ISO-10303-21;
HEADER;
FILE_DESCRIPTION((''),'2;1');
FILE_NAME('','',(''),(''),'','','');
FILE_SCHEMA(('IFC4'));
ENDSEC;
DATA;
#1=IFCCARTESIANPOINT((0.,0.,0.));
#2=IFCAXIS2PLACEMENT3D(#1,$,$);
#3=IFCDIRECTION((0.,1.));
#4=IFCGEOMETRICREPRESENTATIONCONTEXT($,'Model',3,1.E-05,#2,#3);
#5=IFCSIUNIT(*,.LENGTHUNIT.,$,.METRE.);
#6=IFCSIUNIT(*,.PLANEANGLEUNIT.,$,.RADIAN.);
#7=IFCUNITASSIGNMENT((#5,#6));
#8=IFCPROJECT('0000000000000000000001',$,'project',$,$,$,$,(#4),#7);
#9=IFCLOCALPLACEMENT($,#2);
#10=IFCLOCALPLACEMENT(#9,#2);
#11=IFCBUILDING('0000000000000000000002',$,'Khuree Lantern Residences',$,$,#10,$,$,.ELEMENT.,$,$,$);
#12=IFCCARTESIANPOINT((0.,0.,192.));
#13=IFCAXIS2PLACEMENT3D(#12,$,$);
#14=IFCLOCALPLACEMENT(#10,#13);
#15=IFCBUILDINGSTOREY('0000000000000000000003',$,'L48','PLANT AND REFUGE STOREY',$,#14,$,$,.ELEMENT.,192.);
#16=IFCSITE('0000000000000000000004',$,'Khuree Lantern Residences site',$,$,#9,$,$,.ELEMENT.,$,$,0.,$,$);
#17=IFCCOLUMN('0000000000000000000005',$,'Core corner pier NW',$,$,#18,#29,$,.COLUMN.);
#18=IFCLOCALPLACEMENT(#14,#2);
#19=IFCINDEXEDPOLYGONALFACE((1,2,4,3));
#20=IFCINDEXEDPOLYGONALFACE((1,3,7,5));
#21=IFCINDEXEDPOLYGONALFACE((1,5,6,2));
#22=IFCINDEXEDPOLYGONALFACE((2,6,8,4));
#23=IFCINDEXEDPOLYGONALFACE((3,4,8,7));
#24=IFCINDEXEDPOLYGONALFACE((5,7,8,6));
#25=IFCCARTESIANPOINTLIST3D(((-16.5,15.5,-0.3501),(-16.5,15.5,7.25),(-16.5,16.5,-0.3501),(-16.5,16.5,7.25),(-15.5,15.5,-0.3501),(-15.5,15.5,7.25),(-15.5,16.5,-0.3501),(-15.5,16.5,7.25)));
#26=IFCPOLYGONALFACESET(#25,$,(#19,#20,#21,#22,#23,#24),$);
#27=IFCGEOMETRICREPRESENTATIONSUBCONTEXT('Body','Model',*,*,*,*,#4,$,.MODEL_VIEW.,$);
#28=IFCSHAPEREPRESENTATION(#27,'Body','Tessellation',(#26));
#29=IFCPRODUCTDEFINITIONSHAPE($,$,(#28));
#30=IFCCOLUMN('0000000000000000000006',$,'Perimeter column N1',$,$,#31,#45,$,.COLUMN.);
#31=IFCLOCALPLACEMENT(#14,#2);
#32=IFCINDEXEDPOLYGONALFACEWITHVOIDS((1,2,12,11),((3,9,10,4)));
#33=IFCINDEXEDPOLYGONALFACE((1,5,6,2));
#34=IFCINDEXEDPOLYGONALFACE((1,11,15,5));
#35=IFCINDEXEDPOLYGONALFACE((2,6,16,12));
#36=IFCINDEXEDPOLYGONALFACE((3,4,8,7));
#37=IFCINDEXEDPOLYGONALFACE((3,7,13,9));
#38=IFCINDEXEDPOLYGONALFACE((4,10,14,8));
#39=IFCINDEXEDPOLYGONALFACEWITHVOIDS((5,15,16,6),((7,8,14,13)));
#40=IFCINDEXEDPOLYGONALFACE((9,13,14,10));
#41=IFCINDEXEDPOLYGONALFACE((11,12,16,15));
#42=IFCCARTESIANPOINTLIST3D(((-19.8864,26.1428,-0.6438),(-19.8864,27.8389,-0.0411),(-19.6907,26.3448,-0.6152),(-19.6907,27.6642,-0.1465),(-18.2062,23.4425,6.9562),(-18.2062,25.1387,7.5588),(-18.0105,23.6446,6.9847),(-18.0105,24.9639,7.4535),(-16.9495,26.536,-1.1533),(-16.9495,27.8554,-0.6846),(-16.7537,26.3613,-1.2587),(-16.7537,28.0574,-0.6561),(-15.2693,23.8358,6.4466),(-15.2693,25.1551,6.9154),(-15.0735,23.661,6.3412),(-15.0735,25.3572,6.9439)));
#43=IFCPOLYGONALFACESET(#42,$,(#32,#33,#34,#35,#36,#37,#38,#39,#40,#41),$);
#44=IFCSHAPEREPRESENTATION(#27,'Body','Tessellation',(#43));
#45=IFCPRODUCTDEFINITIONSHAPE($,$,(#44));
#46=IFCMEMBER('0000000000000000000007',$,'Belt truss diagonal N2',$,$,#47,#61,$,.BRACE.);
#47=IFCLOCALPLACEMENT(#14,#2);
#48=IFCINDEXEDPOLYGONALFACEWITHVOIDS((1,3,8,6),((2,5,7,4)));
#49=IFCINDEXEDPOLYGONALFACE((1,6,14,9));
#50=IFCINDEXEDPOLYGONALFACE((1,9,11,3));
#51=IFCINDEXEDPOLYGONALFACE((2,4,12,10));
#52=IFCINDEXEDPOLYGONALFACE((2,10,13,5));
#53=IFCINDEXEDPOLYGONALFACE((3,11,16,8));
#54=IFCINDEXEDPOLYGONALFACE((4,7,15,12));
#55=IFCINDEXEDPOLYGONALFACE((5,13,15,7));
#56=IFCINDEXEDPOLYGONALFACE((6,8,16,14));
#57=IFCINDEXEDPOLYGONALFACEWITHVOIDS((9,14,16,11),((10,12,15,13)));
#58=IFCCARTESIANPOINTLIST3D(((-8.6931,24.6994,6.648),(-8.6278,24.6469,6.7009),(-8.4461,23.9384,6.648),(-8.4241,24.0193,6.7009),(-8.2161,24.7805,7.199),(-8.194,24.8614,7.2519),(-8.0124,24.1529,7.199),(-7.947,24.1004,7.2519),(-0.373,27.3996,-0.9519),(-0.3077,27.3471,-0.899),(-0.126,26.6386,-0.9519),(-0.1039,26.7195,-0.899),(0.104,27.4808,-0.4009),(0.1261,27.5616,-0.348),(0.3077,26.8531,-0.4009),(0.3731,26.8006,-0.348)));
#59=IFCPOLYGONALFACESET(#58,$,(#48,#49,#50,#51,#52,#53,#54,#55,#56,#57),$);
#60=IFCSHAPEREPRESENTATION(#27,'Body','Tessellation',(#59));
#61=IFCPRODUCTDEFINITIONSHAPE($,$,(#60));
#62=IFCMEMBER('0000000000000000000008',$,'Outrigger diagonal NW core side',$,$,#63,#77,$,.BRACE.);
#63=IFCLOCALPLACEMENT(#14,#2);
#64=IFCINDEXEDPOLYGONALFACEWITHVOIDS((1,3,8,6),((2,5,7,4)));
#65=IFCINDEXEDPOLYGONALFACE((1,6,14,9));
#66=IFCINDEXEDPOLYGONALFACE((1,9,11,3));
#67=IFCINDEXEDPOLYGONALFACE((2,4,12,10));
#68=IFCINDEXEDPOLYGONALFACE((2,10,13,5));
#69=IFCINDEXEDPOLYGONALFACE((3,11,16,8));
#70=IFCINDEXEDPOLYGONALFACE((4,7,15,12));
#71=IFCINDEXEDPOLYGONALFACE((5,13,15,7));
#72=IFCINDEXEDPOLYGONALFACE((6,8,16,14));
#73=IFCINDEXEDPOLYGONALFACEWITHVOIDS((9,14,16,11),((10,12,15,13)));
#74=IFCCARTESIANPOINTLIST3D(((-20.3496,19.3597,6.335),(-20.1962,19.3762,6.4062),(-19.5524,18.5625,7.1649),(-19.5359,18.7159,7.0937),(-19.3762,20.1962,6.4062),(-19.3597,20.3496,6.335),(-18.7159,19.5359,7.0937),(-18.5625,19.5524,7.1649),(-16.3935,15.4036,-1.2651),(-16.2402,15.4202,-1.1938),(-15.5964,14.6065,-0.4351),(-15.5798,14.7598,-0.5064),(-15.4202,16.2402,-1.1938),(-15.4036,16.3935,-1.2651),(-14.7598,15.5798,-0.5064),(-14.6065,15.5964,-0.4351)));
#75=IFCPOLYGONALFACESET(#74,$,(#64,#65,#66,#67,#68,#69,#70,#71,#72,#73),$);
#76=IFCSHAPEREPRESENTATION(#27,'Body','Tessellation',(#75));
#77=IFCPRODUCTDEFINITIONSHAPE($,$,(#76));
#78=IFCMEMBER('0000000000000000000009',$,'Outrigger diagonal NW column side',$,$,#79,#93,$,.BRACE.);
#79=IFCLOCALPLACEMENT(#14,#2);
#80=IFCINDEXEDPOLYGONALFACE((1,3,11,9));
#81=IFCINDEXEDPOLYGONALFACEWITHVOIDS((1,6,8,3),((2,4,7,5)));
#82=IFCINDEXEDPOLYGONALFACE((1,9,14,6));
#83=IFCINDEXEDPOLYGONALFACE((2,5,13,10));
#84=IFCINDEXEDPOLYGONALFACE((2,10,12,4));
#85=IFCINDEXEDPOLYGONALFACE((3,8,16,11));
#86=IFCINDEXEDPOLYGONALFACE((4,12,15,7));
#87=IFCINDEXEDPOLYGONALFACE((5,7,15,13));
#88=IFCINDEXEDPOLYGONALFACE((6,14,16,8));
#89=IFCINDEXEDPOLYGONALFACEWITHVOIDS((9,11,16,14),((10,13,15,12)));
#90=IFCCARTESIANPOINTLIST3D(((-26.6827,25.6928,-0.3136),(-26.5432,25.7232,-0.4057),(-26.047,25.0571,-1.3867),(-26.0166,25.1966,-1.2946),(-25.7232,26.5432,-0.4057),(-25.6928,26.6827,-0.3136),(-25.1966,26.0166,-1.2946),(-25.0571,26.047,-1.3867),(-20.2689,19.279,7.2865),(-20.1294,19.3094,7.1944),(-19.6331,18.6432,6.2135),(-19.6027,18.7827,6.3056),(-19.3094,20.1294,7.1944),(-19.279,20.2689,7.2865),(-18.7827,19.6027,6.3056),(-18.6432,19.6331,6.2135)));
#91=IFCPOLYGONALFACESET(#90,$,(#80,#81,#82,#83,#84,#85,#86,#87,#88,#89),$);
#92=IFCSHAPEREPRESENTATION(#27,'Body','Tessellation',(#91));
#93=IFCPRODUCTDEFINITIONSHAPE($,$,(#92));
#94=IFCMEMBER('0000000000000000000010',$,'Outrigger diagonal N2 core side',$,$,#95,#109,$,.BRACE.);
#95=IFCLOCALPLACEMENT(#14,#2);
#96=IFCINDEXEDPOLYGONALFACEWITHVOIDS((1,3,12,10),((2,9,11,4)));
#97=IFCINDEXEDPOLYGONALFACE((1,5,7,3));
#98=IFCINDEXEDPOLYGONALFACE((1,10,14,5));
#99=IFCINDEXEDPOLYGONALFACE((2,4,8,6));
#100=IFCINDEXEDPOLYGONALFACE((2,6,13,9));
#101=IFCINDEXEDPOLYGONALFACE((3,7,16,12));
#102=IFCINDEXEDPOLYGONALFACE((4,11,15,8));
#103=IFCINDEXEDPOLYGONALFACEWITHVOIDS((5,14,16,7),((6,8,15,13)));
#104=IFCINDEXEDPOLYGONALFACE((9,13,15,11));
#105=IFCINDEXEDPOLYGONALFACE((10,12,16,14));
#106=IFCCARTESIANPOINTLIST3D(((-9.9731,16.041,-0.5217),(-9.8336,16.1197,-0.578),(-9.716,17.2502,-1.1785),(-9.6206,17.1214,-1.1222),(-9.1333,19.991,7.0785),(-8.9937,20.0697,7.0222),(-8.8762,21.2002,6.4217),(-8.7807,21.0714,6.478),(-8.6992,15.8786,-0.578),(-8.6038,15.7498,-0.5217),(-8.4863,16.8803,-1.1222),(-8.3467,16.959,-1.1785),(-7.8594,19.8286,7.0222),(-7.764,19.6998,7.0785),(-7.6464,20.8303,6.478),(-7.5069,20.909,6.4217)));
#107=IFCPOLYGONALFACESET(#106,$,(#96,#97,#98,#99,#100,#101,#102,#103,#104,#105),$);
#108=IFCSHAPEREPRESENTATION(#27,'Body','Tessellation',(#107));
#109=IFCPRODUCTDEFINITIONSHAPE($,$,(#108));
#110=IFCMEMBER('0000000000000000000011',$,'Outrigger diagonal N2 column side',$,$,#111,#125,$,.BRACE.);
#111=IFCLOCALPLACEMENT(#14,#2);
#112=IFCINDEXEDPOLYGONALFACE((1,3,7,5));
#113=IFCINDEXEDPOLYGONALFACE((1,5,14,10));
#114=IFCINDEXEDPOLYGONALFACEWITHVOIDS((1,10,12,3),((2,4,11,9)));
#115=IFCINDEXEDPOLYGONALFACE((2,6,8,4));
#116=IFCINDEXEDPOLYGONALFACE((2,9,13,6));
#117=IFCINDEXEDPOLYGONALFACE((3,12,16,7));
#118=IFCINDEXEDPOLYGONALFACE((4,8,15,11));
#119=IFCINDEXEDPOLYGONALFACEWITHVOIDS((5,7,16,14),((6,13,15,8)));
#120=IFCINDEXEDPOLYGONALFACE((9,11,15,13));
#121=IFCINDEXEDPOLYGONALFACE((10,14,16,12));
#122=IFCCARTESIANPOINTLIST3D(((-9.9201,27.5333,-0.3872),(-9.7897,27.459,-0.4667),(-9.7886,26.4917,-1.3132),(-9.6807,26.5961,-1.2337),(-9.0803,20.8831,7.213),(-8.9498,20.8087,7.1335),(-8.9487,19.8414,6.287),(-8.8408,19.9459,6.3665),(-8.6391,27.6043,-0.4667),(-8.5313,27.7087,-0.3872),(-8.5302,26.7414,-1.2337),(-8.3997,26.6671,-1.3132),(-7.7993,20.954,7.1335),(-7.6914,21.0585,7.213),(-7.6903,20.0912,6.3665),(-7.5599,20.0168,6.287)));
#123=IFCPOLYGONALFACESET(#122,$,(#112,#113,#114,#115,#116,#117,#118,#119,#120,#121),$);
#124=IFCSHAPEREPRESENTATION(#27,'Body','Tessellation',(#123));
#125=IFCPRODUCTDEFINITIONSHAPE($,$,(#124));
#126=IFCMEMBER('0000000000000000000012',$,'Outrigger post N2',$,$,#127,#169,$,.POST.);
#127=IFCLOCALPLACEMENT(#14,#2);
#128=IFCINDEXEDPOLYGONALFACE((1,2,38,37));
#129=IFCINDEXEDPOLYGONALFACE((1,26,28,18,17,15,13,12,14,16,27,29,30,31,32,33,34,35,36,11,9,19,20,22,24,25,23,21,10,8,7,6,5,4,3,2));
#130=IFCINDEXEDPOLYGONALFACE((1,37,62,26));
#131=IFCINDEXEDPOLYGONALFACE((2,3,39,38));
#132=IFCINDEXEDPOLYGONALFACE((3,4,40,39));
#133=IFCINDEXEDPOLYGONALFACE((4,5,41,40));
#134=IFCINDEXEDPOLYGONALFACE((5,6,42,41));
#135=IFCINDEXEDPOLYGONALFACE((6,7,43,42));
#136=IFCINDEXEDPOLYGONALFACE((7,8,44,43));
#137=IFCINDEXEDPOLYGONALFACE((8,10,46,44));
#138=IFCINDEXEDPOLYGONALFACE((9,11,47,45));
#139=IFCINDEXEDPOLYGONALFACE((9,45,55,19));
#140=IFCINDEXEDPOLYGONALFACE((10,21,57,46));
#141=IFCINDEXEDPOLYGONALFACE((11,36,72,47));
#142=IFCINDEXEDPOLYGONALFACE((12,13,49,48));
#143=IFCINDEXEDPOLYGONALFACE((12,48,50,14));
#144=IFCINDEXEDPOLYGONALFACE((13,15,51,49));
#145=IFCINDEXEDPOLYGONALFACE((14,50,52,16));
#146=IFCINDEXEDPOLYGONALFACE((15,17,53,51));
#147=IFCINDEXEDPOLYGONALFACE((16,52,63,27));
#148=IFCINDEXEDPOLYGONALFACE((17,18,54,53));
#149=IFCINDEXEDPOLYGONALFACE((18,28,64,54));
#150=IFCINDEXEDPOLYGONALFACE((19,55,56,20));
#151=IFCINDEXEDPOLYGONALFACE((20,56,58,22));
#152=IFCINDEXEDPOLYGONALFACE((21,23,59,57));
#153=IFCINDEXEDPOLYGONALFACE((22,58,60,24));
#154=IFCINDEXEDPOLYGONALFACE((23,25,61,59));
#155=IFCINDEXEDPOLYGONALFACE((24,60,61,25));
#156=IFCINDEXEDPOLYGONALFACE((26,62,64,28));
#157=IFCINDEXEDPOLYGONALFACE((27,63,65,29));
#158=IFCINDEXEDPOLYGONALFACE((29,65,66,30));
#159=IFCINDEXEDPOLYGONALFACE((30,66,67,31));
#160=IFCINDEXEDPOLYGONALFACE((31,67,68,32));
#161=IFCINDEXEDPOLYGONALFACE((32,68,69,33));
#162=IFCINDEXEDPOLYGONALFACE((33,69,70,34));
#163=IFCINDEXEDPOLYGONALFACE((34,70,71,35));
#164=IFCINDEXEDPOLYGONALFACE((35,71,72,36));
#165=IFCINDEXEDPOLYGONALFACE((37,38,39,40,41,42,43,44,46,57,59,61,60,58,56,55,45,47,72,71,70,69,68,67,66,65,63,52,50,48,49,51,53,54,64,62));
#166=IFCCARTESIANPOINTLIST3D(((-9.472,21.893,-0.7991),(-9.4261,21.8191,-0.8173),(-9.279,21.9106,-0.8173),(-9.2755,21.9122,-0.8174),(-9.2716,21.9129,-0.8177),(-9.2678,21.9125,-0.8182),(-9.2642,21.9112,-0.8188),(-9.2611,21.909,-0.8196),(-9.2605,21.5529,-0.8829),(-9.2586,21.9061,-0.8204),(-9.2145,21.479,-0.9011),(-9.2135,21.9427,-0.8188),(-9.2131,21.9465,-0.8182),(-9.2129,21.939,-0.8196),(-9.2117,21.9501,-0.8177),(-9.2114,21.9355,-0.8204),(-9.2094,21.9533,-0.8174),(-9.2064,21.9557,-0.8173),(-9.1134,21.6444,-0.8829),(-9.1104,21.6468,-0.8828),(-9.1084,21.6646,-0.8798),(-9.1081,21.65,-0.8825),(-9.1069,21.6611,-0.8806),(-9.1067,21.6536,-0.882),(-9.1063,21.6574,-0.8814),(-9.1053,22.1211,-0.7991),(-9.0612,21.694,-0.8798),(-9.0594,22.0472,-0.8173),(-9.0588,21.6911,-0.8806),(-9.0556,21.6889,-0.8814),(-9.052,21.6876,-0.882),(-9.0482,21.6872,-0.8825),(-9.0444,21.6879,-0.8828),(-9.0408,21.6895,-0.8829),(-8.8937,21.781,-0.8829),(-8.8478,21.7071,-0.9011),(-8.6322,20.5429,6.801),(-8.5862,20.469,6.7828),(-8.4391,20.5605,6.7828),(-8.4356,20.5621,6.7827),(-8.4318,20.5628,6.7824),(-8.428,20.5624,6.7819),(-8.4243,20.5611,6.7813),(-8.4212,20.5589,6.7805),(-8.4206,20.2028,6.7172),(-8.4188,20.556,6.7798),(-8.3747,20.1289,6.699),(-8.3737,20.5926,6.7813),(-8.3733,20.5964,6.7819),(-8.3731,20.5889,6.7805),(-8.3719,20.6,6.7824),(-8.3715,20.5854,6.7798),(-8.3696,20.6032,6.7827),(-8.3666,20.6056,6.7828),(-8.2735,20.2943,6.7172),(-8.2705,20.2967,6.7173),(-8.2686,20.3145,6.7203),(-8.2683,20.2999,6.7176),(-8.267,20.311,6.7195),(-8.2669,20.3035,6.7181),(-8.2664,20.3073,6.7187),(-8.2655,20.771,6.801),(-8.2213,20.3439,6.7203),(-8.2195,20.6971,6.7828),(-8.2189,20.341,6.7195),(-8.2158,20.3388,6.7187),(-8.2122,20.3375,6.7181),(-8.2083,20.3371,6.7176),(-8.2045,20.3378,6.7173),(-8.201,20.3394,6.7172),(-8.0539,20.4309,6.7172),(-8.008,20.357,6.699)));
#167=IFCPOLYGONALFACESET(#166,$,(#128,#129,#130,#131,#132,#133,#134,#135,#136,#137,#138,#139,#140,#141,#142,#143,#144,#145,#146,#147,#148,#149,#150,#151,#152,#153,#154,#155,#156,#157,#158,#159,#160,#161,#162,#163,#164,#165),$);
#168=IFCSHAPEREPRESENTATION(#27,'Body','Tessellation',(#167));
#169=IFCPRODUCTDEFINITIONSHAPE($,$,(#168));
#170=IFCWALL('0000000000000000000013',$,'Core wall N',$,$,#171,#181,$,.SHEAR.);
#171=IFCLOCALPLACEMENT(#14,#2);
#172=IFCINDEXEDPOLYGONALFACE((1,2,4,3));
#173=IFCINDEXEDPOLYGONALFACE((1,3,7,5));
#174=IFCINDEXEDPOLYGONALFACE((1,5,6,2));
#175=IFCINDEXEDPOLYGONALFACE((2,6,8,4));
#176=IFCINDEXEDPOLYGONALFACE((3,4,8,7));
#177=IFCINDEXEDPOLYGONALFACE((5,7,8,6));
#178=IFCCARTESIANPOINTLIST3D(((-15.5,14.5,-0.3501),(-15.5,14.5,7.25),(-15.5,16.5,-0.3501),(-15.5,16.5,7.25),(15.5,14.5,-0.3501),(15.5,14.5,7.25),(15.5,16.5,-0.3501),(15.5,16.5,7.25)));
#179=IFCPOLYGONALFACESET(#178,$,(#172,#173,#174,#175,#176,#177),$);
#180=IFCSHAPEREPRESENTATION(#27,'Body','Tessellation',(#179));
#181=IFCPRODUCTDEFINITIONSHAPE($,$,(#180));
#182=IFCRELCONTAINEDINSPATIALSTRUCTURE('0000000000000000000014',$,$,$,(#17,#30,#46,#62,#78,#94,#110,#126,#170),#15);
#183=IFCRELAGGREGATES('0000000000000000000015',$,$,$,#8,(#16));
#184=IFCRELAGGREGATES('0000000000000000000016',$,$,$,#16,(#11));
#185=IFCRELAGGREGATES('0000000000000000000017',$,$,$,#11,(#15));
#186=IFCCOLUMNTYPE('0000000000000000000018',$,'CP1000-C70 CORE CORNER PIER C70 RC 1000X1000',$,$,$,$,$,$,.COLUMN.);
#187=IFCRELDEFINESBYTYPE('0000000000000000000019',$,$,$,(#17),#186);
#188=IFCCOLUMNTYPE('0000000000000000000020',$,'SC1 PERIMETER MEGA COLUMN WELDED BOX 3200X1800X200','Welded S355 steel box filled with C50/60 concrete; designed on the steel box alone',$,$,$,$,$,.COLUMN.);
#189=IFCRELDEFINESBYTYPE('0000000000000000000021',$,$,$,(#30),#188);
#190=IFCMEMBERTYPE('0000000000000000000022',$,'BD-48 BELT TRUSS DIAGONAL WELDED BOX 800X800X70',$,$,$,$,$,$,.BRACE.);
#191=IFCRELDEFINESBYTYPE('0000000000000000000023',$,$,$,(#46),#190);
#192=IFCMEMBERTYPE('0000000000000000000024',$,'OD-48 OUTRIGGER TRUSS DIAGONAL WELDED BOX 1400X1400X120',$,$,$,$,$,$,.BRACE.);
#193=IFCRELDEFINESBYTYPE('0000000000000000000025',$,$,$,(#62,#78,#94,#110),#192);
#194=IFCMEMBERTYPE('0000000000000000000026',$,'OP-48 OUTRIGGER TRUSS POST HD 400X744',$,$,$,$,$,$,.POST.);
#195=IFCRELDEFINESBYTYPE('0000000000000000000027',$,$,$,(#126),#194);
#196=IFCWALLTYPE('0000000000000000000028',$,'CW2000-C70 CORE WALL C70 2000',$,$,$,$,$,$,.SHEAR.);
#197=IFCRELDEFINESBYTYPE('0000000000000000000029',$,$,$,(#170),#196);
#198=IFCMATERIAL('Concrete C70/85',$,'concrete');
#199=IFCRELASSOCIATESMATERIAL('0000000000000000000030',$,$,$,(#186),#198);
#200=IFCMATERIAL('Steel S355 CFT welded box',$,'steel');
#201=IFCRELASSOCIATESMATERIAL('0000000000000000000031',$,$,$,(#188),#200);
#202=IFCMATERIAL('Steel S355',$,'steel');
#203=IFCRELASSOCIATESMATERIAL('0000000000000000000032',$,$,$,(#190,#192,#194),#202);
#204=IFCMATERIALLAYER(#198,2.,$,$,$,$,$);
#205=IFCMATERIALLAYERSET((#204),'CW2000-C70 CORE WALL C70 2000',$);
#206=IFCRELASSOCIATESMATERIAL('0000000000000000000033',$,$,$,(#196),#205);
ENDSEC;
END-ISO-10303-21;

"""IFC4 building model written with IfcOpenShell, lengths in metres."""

from ifc_helpers import new_model, si_unit, direction, frame, frame_2d, origin, origin_2d, place, context, subcontext, project, spatial, rectangle, hollow_rectangle, i_section, extrude, material, layer, layer_set, material_profile, profile_set, type_object, element, save


model = new_model("IFC4")

# Units and contexts
model_context = context("Model", 3, precision=1e-05, world=origin(), true_north=direction((0.0, 1.0)))
body_context = subcontext(model_context, "Body", "Model", "MODEL_VIEW")
ifc_project = project(units=[si_unit("LENGTHUNIT", "METRE"), si_unit("PLANEANGLEUNIT", "RADIAN")], contexts=[model_context])

# Site, building, storey
site_placement = place(None, origin())
site = spatial("IfcSite", under=ifc_project, at=site_placement, Name="Khuree Lantern Residences site", CompositionType="ELEMENT", RefElevation=0.0)
building_placement = place(site_placement, origin())
building = spatial("IfcBuilding", under=site, at=building_placement, Name="Khuree Lantern Residences", CompositionType="ELEMENT")
storey_placement = place(building_placement, frame((0.0, 0.0, 192.0)))
storey = spatial("IfcBuildingStorey", under=building, at=storey_placement, Name="L48", Description="PLANT AND REFUGE STOREY", CompositionType="ELEMENT", Elevation=192.0)

# Columns
ifc_material_1 = material(Name="Concrete C70/85", Category="concrete")
ifc_material_profile_1 = material_profile(ifc_material_1, rectangle(XDim=1.0, YDim=1.0, at=origin_2d()), Name="RC 1000X1000")
ifc_profile_set_1 = profile_set([ifc_material_profile_1], Name="Concrete C70/85")
column_type_1 = type_object("IfcColumnType", Name="CP1000-C70 CORE CORNER PIER C70 RC 1000X1000", PredefinedType="COLUMN", material=ifc_profile_set_1)
column_1_placement = place(storey_placement, frame((-16.0, 16.0, -0.3501), z_axis=(0.0, 0.0, 1.0), x_axis=(1.0, 0.0, 0.0)))
element("IfcColumn", 1, at=column_1_placement, inside=storey, type_object=column_type_1, Name="Core corner pier NW", PredefinedType="COLUMN", context=body_context, shape_type="SweptSolid", body=[
    extrude(rectangle(XDim=1.0, YDim=1.0, at=origin_2d()), origin(), (0.0, 0.0, 1.0), 7.6001),
])
ifc_material_2 = material(Name="Steel S355 CFT welded box", Category="steel")
ifc_material_profile_2 = material_profile(ifc_material_2, hollow_rectangle(XDim=3.2, YDim=1.8, WallThickness=0.2, at=origin_2d()), Name="WELDED BOX 3200X1800X200")
ifc_profile_set_2 = profile_set([ifc_material_profile_2], Name="Steel S355 CFT welded box")
column_type_2 = type_object("IfcColumnType", Name="SC1 PERIMETER MEGA COLUMN WELDED BOX 3200X1800X200", Description="Welded S355 steel box filled with C50/60 concrete; designed on the steel box alone", PredefinedType="COLUMN", material=ifc_profile_set_2)
column_2_placement = place(storey_placement, frame((-18.3201, 27.1001, -0.6499), z_axis=(0.203944, -0.327756, 0.922487), x_axis=(0.978983, 0.068286, -0.192172)))
element("IfcColumn", 2, at=column_2_placement, inside=storey, type_object=column_type_2, Name="Perimeter column N1", PredefinedType="COLUMN", context=body_context, shape_type="SweptSolid", body=[
    extrude(hollow_rectangle(XDim=3.2, YDim=1.8, WallThickness=0.2, at=origin_2d()), origin(), (0.0, 0.0, 1.0), 8.2385),
])

# Members
ifc_material_3 = material(Name="Steel S355", Category="steel")
ifc_material_profile_3 = material_profile(ifc_material_3, hollow_rectangle(XDim=0.8, YDim=0.8, WallThickness=0.0701, at=origin_2d()), Name="WELDED BOX 800X800X70")
ifc_profile_set_3 = profile_set([ifc_material_profile_3], Name="Steel S355")
member_type_1 = type_object("IfcMemberType", Name="BD-48 BELT TRUSS DIAGONAL WELDED BOX 800X800X70", PredefinedType="BRACE", material=ifc_profile_set_3)
member_1_placement = place(storey_placement, frame((-8.3201, 24.3999, 6.95), z_axis=(0.718015, 0.233025, -0.655861), x_axis=(-0.30869, 0.951163, 0.0)))
element("IfcMember", 3, at=member_1_placement, inside=storey, type_object=member_type_1, Name="Belt truss diagonal N2", PredefinedType="BRACE", context=body_context, shape_type="SweptSolid", body=[
    extrude(hollow_rectangle(XDim=0.8, YDim=0.8, WallThickness=0.0701, at=origin_2d()), origin(), (0.0, 0.0, 1.0), 11.5876),
])
ifc_material_profile_4 = material_profile(ifc_material_3, hollow_rectangle(XDim=1.3999, YDim=1.3999, WallThickness=0.1201, at=origin_2d()), Name="WELDED BOX 1400X1400X120")
ifc_profile_set_4 = profile_set([ifc_material_profile_4], Name="Steel S355")
member_type_2 = type_object("IfcMemberType", Name="OD-48 OUTRIGGER TRUSS DIAGONAL WELDED BOX 1400X1400X120", PredefinedType="BRACE", material=ifc_profile_set_4)
member_2_placement = place(storey_placement, frame((-15.5, 15.5, -0.8501), z_axis=(-0.419194, 0.419194, 0.805327), x_axis=(-0.707107, -0.707107, 0.0)))
element("IfcMember", 4, at=member_2_placement, inside=storey, type_object=member_type_2, Name="Outrigger diagonal NW core side", PredefinedType="BRACE", context=body_context, shape_type="SweptSolid", body=[
    extrude(hollow_rectangle(XDim=1.3999, YDim=1.3999, WallThickness=0.1201, at=origin_2d()), origin(), (0.0, 0.0, 1.0), 9.4373),
])
member_3_placement = place(storey_placement, frame((-19.4561, 19.4561, 6.75), z_axis=(-0.541998, 0.541998, -0.642244), x_axis=(-0.707107, -0.707107, 0.0)))
element("IfcMember", 5, at=member_3_placement, inside=storey, type_object=member_type_2, Name="Outrigger diagonal NW column side", PredefinedType="BRACE", context=body_context, shape_type="SweptSolid", body=[
    extrude(hollow_rectangle(XDim=1.3999, YDim=1.3999, WallThickness=0.1201, at=origin_2d()), origin(), (0.0, 0.0, 1.0), 11.8337),
])
member_4_placement = place(storey_placement, frame((-9.1599, 16.5, -0.8501), z_axis=(0.097584, 0.458959, 0.883082), x_axis=(-0.978135, 0.207972, 0.0)))
element("IfcMember", 6, at=member_4_placement, inside=storey, type_object=member_type_2, Name="Outrigger diagonal N2 core side", PredefinedType="BRACE", context=body_context, shape_type="SweptSolid", body=[
    extrude(hollow_rectangle(XDim=1.3999, YDim=1.3999, WallThickness=0.1201, at=origin_2d()), origin(), (0.0, 0.0, 1.0), 8.6064),
])
member_5_placement = place(storey_placement, frame((-8.3201, 20.45, 6.75), z_axis=(-0.082877, 0.656243, -0.749985), x_axis=(-0.99212, -0.125294, 0.0)))
element("IfcMember", 7, at=member_5_placement, inside=storey, type_object=member_type_2, Name="Outrigger diagonal N2 column side", PredefinedType="BRACE", context=body_context, shape_type="SweptSolid", body=[
    extrude(hollow_rectangle(XDim=1.3999, YDim=1.3999, WallThickness=0.1201, at=origin_2d()), origin(), (0.0, 0.0, 1.0), 10.1338),
])
ifc_material_profile_5 = material_profile(ifc_material_3, i_section(OverallWidth=0.4319, OverallDepth=0.498, WebThickness=0.0557, FlangeThickness=0.0889, FilletRadius=0.0149, at=origin_2d()), Name="HD 400X744")
ifc_profile_set_5 = profile_set([ifc_material_profile_5], Name="Steel S355")
member_type_3 = type_object("IfcMemberType", Name="OP-48 OUTRIGGER TRUSS POST HD 400X744", PredefinedType="POST", material=ifc_profile_set_5)
member_6_placement = place(storey_placement, frame((-9.1599, 21.8, -0.8501), z_axis=(0.108163, -0.173878, 0.978809), x_axis=(0.849118, 0.528203, 0.0)))
element("IfcMember", 8, at=member_6_placement, inside=storey, type_object=member_type_3, Name="Outrigger post N2", PredefinedType="POST", context=body_context, shape_type="SweptSolid", body=[
    extrude(i_section(OverallWidth=0.4319, OverallDepth=0.498, WebThickness=0.0557, FlangeThickness=0.0889, FilletRadius=0.0149, at=origin_2d()), origin(), (0.0, 0.0, 1.0), 7.7646),
])

# Wall
ifc_layer_1 = layer(ifc_material_1, 2.0)
ifc_layer_set_1 = layer_set([ifc_layer_1], Name="CW2000-C70 CORE WALL C70 2000")
wall_type_1 = type_object("IfcWallType", Name="CW2000-C70 CORE WALL C70 2000", PredefinedType="SHEAR", material=ifc_layer_set_1)
wall_1_placement = place(storey_placement, frame((-15.5, 15.5, -0.3501), z_axis=(0.0, 0.0, 1.0), x_axis=(1.0, 0.0, 0.0)))
element("IfcWall", 9, at=wall_1_placement, inside=storey, type_object=wall_type_1, Name="Core wall N", PredefinedType="SHEAR", context=body_context, shape_type="SweptSolid", body=[
    extrude(rectangle(XDim=31.0, YDim=2.0, at=frame_2d((15.5, 0.0))), origin(), (0.0, 0.0, 1.0), 7.6001),
])

save(model, "model.ifc")
